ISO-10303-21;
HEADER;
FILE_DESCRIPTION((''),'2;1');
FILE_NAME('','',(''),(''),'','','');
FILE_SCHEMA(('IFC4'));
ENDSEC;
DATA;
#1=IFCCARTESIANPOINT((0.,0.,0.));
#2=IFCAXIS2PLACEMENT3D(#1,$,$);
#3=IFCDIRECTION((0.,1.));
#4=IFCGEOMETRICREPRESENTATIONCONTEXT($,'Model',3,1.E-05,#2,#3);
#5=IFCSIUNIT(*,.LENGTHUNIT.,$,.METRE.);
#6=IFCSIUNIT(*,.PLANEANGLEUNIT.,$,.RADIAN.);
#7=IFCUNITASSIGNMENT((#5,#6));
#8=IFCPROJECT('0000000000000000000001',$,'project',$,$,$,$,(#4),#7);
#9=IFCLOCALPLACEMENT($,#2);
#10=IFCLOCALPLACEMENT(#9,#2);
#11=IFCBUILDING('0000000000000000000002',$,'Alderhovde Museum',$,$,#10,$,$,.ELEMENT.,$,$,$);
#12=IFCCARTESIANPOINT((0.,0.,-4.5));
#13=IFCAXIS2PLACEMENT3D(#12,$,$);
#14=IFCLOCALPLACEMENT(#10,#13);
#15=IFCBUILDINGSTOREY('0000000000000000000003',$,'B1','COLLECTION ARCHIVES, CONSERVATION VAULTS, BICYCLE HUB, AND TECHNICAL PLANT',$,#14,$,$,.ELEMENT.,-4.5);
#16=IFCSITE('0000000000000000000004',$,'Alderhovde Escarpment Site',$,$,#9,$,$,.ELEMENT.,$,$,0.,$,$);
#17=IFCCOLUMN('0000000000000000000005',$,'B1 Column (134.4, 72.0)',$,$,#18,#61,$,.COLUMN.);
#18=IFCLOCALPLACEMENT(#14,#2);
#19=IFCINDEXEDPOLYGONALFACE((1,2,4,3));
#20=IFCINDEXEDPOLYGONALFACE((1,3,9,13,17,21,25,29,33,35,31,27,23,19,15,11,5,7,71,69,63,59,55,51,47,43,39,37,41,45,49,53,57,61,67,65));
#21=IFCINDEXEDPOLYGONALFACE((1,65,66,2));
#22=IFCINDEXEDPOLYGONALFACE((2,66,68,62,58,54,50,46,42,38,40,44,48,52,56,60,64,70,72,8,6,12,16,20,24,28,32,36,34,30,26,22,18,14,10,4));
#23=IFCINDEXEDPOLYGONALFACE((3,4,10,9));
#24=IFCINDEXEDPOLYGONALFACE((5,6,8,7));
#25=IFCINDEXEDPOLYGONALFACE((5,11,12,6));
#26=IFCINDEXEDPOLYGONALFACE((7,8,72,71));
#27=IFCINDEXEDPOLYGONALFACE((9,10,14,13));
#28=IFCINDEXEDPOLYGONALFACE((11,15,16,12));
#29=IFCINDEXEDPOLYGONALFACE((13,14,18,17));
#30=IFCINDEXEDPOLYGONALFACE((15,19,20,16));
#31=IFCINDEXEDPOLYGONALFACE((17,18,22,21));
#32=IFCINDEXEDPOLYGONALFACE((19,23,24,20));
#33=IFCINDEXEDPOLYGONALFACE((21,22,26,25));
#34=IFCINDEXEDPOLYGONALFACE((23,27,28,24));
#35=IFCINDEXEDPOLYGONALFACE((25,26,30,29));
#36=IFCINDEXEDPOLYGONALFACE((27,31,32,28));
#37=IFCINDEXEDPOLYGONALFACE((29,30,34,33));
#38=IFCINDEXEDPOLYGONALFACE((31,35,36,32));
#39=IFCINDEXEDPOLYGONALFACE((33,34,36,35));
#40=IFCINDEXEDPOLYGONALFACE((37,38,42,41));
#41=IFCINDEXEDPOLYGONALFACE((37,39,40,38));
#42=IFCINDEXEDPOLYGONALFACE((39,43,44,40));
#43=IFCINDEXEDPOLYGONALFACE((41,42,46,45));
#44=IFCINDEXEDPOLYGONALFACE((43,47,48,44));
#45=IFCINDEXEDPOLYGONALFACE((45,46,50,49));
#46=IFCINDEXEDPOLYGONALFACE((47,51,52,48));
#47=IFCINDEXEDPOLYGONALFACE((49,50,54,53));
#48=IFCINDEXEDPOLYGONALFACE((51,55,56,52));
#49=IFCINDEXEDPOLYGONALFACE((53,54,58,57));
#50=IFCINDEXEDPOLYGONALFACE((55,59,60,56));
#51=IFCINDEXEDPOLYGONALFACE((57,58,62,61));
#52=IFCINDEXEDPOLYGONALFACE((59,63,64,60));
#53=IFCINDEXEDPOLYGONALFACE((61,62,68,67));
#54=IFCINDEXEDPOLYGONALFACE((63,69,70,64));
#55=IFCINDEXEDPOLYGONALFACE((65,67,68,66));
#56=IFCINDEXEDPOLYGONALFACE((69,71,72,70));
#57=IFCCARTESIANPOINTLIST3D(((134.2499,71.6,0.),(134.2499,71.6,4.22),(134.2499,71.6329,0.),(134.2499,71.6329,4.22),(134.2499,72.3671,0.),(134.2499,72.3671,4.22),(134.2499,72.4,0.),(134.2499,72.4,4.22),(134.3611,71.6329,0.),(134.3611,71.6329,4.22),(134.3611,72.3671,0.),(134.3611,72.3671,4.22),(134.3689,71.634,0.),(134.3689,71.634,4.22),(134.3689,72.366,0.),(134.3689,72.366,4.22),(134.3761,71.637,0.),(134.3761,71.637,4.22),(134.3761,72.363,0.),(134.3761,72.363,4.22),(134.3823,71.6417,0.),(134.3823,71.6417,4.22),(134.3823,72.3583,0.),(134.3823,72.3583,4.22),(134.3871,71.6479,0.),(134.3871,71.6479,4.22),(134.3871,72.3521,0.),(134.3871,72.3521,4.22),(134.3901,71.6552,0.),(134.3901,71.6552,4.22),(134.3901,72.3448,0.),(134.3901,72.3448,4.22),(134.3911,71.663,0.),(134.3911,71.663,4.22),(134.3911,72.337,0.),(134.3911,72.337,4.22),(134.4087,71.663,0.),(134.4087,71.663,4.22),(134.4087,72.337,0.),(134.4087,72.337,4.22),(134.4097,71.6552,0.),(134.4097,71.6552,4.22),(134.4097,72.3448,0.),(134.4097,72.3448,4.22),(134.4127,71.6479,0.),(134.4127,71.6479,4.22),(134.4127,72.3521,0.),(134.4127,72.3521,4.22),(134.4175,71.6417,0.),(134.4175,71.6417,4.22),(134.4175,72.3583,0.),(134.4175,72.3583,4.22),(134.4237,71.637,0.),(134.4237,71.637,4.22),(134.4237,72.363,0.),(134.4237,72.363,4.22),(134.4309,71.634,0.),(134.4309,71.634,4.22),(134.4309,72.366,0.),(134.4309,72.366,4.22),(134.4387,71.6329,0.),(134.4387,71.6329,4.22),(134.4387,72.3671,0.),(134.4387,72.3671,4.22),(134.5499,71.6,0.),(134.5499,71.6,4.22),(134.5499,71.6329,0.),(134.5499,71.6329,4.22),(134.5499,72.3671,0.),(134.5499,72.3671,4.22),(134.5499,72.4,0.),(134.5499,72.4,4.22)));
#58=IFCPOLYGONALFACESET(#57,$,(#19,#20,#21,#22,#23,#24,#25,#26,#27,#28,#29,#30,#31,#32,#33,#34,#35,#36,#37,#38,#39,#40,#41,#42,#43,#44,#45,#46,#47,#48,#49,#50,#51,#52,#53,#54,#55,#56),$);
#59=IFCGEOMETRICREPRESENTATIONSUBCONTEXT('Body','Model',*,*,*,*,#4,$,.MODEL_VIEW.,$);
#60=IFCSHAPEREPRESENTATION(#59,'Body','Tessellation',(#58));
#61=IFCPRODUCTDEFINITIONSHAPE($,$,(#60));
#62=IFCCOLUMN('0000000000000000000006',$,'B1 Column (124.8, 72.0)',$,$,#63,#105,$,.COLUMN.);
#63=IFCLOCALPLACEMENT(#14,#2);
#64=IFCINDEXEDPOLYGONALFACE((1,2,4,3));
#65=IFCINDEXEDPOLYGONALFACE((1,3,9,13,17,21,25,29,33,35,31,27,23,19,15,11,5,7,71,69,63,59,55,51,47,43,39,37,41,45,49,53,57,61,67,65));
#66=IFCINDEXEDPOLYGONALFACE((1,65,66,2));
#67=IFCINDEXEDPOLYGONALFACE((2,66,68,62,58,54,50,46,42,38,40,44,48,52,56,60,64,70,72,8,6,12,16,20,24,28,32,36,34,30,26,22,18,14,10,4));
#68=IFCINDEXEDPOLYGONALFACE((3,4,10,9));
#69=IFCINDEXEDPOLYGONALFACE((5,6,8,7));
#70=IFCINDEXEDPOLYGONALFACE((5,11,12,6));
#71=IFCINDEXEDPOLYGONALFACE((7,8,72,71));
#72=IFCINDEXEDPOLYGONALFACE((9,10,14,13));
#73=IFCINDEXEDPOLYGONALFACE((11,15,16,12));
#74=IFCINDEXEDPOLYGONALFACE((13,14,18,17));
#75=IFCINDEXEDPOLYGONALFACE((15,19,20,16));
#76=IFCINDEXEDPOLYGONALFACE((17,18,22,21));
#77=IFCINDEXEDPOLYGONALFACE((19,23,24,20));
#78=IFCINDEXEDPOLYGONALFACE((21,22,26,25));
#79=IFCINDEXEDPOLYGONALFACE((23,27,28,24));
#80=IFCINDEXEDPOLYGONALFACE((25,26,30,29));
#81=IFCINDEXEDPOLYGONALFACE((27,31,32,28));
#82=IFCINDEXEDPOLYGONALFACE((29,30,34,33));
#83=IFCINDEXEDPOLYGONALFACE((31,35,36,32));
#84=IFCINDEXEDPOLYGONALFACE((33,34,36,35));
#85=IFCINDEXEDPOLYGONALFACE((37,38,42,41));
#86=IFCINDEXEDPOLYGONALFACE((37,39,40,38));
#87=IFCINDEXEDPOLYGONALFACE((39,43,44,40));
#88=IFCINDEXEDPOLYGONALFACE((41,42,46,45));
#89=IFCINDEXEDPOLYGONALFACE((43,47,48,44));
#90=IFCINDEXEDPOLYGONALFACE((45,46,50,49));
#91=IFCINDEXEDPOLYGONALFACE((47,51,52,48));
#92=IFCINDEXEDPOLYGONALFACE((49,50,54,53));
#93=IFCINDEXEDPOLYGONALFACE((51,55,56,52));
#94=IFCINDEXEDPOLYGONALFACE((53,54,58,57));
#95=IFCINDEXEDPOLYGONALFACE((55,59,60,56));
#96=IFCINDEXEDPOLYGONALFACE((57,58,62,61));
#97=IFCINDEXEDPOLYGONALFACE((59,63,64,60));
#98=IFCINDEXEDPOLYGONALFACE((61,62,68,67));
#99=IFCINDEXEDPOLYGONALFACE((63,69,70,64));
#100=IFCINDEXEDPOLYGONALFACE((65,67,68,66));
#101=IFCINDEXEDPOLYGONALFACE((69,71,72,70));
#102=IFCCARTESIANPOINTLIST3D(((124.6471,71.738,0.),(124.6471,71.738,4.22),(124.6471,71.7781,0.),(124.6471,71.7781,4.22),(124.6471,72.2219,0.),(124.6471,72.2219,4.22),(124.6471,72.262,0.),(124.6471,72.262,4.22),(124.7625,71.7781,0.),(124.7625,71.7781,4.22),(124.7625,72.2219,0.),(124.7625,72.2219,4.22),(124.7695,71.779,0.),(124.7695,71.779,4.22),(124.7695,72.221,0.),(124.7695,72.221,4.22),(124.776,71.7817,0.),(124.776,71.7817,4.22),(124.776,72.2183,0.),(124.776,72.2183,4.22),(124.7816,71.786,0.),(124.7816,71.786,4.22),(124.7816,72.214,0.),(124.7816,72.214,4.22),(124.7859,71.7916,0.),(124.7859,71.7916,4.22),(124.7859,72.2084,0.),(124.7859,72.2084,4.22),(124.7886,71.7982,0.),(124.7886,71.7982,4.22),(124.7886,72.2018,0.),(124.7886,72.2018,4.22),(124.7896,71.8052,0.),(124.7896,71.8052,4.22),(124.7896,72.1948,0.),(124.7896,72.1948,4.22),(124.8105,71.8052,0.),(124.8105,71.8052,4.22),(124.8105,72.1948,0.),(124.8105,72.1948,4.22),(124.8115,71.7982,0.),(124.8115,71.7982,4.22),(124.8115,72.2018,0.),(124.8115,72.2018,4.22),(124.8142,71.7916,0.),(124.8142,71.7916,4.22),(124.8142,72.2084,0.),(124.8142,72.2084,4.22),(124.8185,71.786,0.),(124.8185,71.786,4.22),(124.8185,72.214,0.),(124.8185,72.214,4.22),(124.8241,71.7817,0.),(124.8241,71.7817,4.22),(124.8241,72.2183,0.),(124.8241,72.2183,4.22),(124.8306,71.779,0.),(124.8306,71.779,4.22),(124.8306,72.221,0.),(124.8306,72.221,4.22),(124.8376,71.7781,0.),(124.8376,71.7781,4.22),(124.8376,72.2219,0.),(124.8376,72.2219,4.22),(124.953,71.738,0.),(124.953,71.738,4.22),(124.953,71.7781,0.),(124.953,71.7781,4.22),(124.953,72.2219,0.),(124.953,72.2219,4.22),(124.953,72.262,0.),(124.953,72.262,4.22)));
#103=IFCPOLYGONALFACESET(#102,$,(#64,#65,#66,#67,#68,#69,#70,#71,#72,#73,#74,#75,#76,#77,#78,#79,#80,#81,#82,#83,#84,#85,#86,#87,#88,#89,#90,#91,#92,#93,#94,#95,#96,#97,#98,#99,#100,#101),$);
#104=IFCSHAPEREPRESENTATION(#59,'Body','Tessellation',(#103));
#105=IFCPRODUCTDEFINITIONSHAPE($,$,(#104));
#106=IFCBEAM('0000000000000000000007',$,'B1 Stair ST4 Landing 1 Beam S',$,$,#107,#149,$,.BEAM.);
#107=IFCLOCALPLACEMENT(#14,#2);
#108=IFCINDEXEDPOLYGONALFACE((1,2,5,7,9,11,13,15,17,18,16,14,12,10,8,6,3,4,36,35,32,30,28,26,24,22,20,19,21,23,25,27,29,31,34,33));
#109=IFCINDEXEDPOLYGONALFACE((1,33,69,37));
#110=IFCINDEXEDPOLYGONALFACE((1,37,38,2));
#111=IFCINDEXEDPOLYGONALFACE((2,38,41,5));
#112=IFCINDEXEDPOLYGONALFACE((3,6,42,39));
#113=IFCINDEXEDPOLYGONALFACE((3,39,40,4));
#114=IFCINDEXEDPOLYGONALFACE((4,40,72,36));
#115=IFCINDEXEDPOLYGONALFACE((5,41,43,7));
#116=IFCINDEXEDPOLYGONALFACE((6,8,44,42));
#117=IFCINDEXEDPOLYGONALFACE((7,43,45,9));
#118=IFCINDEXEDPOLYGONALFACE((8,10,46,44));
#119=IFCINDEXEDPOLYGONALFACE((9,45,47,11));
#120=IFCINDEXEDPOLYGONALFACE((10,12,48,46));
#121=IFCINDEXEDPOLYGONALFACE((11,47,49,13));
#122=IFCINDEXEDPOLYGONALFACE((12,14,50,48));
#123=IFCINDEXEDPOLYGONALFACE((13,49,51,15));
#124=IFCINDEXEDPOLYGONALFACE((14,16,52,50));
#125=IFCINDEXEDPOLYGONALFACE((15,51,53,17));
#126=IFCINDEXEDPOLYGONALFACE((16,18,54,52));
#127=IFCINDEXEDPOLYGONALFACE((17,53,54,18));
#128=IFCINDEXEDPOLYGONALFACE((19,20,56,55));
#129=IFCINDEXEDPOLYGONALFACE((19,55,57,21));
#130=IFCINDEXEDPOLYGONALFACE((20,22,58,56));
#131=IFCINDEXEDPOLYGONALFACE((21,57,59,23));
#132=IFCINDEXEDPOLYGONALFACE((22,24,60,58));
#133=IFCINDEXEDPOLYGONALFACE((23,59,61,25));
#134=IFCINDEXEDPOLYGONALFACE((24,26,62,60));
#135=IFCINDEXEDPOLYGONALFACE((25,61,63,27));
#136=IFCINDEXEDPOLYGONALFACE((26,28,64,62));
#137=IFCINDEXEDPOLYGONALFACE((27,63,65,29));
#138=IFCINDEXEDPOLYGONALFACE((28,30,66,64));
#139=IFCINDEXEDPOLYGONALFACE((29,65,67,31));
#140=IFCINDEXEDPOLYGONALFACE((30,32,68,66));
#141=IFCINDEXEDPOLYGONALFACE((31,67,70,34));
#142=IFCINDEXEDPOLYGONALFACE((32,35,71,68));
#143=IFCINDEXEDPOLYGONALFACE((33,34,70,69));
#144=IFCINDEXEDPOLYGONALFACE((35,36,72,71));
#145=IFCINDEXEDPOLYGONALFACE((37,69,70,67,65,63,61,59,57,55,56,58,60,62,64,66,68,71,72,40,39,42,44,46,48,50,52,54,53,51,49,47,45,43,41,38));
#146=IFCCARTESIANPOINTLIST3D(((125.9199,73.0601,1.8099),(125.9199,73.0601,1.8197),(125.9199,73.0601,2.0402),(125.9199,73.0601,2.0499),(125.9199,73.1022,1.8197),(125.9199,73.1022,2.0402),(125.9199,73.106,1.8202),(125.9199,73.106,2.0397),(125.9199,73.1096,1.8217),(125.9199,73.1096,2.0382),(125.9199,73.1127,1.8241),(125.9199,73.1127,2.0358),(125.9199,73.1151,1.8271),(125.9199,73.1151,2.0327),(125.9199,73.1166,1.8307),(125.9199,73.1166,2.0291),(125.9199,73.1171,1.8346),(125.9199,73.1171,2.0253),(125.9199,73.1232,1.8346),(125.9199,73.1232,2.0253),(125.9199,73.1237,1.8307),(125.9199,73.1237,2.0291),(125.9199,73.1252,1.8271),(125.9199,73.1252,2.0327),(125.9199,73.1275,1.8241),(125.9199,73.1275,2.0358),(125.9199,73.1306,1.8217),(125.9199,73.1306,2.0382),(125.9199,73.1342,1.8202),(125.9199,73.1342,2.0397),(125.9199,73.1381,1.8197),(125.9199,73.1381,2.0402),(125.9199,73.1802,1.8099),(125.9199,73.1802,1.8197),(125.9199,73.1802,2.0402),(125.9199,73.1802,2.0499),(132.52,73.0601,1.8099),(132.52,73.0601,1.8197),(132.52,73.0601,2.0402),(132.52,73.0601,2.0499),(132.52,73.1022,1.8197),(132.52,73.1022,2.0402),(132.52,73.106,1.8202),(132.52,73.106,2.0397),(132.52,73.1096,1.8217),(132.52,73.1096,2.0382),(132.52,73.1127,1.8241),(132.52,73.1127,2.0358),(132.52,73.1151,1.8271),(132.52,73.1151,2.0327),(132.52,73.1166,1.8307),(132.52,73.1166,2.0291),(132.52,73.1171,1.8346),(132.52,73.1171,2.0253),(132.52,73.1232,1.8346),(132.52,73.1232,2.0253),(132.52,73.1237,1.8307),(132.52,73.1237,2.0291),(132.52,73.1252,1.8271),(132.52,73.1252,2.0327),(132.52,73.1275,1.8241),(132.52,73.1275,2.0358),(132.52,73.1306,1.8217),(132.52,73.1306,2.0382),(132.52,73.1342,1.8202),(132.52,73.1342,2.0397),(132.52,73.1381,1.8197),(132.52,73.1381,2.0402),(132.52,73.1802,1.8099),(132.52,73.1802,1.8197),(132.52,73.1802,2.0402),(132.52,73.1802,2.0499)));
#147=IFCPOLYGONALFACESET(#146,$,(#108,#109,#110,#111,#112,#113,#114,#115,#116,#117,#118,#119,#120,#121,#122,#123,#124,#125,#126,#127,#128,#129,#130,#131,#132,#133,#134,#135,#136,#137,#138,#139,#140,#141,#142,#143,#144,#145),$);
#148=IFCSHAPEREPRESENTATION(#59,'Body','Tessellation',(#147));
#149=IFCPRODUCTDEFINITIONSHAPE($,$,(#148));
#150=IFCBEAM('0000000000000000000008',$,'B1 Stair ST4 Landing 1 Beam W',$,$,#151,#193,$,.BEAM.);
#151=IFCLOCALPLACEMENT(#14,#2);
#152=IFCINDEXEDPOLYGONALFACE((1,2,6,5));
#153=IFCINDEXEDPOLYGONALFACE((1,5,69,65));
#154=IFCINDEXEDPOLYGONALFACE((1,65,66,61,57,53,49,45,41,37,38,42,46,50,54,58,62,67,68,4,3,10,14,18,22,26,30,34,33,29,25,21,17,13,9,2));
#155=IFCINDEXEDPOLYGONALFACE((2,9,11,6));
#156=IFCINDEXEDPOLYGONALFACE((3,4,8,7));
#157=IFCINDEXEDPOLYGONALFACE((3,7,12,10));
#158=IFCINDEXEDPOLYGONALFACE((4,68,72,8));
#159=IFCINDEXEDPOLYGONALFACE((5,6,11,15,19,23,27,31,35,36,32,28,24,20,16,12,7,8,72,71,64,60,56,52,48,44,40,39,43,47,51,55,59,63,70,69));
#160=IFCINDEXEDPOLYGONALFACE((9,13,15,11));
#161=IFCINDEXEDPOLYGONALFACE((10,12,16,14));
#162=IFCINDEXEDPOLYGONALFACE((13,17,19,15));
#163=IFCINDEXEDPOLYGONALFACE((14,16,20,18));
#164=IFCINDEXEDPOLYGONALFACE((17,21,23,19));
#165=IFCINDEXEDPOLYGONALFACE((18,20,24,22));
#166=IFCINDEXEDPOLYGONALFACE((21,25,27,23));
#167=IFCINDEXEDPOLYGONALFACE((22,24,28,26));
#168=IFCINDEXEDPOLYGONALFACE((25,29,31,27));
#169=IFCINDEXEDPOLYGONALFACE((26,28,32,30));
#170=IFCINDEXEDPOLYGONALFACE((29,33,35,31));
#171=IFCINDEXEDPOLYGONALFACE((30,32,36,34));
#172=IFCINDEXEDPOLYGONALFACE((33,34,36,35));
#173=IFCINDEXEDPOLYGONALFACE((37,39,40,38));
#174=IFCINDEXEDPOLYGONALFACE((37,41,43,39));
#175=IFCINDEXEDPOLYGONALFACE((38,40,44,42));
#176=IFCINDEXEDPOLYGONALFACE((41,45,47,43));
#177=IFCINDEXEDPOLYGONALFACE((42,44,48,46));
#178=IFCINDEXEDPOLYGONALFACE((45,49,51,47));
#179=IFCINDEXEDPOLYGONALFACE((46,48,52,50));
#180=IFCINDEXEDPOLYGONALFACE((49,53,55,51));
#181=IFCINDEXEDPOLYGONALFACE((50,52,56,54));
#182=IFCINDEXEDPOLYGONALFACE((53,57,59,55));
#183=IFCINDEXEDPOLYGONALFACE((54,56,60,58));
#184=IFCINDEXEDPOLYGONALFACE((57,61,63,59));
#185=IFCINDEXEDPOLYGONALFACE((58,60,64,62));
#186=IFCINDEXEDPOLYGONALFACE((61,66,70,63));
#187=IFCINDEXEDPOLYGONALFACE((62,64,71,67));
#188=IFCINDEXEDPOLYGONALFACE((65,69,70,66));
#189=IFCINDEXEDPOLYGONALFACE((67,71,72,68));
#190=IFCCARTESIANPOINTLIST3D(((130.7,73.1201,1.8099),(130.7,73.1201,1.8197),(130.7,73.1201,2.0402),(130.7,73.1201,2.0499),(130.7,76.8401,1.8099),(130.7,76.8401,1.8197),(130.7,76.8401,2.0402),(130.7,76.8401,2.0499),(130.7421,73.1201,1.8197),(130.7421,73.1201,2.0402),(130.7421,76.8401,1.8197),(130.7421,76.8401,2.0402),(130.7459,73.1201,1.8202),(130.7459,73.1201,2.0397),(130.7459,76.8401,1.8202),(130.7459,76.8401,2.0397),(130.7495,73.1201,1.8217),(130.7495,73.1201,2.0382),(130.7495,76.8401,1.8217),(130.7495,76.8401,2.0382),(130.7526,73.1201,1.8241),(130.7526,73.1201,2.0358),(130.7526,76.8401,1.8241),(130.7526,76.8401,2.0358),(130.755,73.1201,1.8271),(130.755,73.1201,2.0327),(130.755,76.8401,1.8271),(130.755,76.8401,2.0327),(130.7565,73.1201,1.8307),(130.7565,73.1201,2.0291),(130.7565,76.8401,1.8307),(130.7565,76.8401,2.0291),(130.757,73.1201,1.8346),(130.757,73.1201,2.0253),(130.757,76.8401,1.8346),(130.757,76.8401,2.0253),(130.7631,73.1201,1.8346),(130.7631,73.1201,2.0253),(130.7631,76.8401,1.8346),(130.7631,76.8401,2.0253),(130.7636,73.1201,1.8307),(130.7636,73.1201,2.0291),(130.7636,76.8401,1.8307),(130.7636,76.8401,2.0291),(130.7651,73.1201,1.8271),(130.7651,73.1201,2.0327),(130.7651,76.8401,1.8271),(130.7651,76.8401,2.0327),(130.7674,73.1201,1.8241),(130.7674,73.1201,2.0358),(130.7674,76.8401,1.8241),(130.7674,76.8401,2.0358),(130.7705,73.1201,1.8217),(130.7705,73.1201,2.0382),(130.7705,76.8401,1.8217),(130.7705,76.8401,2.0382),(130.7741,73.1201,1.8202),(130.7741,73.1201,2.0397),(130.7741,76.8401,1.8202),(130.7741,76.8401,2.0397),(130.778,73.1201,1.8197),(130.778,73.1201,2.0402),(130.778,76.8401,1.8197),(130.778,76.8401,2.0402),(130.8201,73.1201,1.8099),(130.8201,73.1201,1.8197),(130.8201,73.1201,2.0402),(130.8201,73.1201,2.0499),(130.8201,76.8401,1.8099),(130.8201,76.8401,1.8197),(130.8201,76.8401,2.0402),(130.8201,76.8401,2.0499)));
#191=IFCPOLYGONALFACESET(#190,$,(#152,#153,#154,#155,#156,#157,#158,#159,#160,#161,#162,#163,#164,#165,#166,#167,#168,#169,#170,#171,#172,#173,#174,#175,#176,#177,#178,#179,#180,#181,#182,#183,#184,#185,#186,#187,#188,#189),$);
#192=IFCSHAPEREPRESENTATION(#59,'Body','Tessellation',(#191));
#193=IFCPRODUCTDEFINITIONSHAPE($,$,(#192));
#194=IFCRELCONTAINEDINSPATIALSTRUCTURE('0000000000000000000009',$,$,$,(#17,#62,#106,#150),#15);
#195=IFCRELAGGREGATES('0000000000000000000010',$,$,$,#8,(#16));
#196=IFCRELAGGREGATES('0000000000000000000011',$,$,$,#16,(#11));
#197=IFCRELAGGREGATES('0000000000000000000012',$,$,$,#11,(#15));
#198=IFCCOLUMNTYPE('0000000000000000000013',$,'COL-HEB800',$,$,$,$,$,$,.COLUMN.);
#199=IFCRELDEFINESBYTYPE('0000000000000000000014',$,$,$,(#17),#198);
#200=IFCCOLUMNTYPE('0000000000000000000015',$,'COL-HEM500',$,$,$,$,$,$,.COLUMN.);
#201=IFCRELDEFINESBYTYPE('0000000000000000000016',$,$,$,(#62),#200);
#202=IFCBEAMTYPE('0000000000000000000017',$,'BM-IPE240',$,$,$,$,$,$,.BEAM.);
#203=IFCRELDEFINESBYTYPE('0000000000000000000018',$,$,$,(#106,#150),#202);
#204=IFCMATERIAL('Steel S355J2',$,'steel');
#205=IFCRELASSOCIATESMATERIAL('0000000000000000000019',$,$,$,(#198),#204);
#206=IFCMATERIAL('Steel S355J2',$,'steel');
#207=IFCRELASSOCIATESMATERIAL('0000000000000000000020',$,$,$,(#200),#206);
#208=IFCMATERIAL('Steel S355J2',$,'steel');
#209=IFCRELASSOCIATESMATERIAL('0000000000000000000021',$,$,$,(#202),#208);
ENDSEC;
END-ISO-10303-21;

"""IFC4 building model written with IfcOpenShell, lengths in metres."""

from ifc_helpers import new_model, si_unit, direction, frame, origin, origin_2d, place, context, subcontext, project, spatial, i_section, extrude, material, material_profile, profile_set, type_object, element, save


model = new_model("IFC4")

# Units and contexts
model_context = context("Model", 3, precision=1e-05, world=origin(), true_north=direction((0.0, 1.0)))
body_context = subcontext(model_context, "Body", "Model", "MODEL_VIEW")
ifc_project = project(units=[si_unit("LENGTHUNIT", "METRE"), si_unit("PLANEANGLEUNIT", "RADIAN")], contexts=[model_context])

# Site, building, storey
site_placement = place(None, origin())
site = spatial("IfcSite", under=ifc_project, at=site_placement, Name="Alderhovde Escarpment Site", CompositionType="ELEMENT", RefElevation=0.0)
building_placement = place(site_placement, origin())
building = spatial("IfcBuilding", under=site, at=building_placement, Name="Alderhovde Museum", CompositionType="ELEMENT")
storey_placement = place(building_placement, frame((0.0, 0.0, -4.5)))
storey = spatial("IfcBuildingStorey", under=building, at=storey_placement, Name="B1", Description="COLLECTION ARCHIVES, CONSERVATION VAULTS, BICYCLE HUB, AND TECHNICAL PLANT", CompositionType="ELEMENT", Elevation=-4.5)

# Columns
ifc_material_1 = material(Name="Steel S355J2", Category="steel")
ifc_material_profile_1 = material_profile(ifc_material_1, i_section(OverallWidth=0.3, OverallDepth=0.8, WebThickness=0.0176, FlangeThickness=0.033, FilletRadius=0.03, at=origin_2d()), Name="HEB 800")
ifc_profile_set_1 = profile_set([ifc_material_profile_1], Name="Steel S355J2")
column_type_1 = type_object("IfcColumnType", Name="COL-HEB800", PredefinedType="COLUMN", material=ifc_profile_set_1)
column_1_placement = place(storey_placement, frame((134.3999, 72.0, 0.0), z_axis=(0.0, 0.0, 1.0), x_axis=(1.0, 0.0, 0.0)))
element("IfcColumn", 1, at=column_1_placement, inside=storey, type_object=column_type_1, Name="B1 Column (134.4, 72.0)", PredefinedType="COLUMN", context=body_context, shape_type="SweptSolid", body=[
    extrude(i_section(OverallWidth=0.3, OverallDepth=0.8, WebThickness=0.0176, FlangeThickness=0.033, FilletRadius=0.03, at=origin_2d()), origin(), (0.0, 0.0, 1.0), 4.22),
])
ifc_material_2 = material(Name="Steel S355J2", Category="steel")
ifc_material_profile_2 = material_profile(ifc_material_2, i_section(OverallWidth=0.3059, OverallDepth=0.5239, WebThickness=0.021, FlangeThickness=0.04, FilletRadius=0.0271, at=origin_2d()), Name="HEM 500")
ifc_profile_set_2 = profile_set([ifc_material_profile_2], Name="Steel S355J2")
column_type_2 = type_object("IfcColumnType", Name="COL-HEM500", PredefinedType="COLUMN", material=ifc_profile_set_2)
column_2_placement = place(storey_placement, frame((124.8, 72.0, 0.0), z_axis=(0.0, 0.0, 1.0), x_axis=(1.0, 0.0, 0.0)))
element("IfcColumn", 2, at=column_2_placement, inside=storey, type_object=column_type_2, Name="B1 Column (124.8, 72.0)", PredefinedType="COLUMN", context=body_context, shape_type="SweptSolid", body=[
    extrude(i_section(OverallWidth=0.3059, OverallDepth=0.5239, WebThickness=0.021, FlangeThickness=0.04, FilletRadius=0.0271, at=origin_2d()), origin(), (0.0, 0.0, 1.0), 4.22),
])

# Beams
ifc_material_3 = material(Name="Steel S355J2", Category="steel")
ifc_material_profile_3 = material_profile(ifc_material_3, i_section(OverallWidth=0.1201, OverallDepth=0.24, WebThickness=0.0061, FlangeThickness=0.0098, FilletRadius=0.0149, at=origin_2d()), Name="IPE 240")
ifc_profile_set_3 = profile_set([ifc_material_profile_3], Name="Steel S355J2")
beam_type = type_object("IfcBeamType", Name="BM-IPE240", PredefinedType="BEAM", material=ifc_profile_set_3)
beam_1_placement = place(storey_placement, frame((125.9199, 73.1201, 1.9299), z_axis=(1.0, 0.0, 0.0), x_axis=(0.0, 1.0, 0.0)))
element("IfcBeam", 3, at=beam_1_placement, inside=storey, type_object=beam_type, Name="B1 Stair ST4 Landing 1 Beam S", PredefinedType="BEAM", context=body_context, shape_type="SweptSolid", body=[
    extrude(i_section(OverallWidth=0.1201, OverallDepth=0.24, WebThickness=0.0061, FlangeThickness=0.0098, FilletRadius=0.0149, at=origin_2d()), origin(), (0.0, 0.0, 1.0), 6.6001),
])
beam_2_placement = place(storey_placement, frame((130.76, 73.1201, 1.9299), z_axis=(0.0, 1.0, 0.0), x_axis=(-1.0, 0.0, 0.0)))
element("IfcBeam", 4, at=beam_2_placement, inside=storey, type_object=beam_type, Name="B1 Stair ST4 Landing 1 Beam W", PredefinedType="BEAM", context=body_context, shape_type="SweptSolid", body=[
    extrude(i_section(OverallWidth=0.1201, OverallDepth=0.24, WebThickness=0.0061, FlangeThickness=0.0098, FilletRadius=0.0149, at=origin_2d()), origin(), (0.0, 0.0, 1.0), 3.72),
])

save(model, "model.ifc")
